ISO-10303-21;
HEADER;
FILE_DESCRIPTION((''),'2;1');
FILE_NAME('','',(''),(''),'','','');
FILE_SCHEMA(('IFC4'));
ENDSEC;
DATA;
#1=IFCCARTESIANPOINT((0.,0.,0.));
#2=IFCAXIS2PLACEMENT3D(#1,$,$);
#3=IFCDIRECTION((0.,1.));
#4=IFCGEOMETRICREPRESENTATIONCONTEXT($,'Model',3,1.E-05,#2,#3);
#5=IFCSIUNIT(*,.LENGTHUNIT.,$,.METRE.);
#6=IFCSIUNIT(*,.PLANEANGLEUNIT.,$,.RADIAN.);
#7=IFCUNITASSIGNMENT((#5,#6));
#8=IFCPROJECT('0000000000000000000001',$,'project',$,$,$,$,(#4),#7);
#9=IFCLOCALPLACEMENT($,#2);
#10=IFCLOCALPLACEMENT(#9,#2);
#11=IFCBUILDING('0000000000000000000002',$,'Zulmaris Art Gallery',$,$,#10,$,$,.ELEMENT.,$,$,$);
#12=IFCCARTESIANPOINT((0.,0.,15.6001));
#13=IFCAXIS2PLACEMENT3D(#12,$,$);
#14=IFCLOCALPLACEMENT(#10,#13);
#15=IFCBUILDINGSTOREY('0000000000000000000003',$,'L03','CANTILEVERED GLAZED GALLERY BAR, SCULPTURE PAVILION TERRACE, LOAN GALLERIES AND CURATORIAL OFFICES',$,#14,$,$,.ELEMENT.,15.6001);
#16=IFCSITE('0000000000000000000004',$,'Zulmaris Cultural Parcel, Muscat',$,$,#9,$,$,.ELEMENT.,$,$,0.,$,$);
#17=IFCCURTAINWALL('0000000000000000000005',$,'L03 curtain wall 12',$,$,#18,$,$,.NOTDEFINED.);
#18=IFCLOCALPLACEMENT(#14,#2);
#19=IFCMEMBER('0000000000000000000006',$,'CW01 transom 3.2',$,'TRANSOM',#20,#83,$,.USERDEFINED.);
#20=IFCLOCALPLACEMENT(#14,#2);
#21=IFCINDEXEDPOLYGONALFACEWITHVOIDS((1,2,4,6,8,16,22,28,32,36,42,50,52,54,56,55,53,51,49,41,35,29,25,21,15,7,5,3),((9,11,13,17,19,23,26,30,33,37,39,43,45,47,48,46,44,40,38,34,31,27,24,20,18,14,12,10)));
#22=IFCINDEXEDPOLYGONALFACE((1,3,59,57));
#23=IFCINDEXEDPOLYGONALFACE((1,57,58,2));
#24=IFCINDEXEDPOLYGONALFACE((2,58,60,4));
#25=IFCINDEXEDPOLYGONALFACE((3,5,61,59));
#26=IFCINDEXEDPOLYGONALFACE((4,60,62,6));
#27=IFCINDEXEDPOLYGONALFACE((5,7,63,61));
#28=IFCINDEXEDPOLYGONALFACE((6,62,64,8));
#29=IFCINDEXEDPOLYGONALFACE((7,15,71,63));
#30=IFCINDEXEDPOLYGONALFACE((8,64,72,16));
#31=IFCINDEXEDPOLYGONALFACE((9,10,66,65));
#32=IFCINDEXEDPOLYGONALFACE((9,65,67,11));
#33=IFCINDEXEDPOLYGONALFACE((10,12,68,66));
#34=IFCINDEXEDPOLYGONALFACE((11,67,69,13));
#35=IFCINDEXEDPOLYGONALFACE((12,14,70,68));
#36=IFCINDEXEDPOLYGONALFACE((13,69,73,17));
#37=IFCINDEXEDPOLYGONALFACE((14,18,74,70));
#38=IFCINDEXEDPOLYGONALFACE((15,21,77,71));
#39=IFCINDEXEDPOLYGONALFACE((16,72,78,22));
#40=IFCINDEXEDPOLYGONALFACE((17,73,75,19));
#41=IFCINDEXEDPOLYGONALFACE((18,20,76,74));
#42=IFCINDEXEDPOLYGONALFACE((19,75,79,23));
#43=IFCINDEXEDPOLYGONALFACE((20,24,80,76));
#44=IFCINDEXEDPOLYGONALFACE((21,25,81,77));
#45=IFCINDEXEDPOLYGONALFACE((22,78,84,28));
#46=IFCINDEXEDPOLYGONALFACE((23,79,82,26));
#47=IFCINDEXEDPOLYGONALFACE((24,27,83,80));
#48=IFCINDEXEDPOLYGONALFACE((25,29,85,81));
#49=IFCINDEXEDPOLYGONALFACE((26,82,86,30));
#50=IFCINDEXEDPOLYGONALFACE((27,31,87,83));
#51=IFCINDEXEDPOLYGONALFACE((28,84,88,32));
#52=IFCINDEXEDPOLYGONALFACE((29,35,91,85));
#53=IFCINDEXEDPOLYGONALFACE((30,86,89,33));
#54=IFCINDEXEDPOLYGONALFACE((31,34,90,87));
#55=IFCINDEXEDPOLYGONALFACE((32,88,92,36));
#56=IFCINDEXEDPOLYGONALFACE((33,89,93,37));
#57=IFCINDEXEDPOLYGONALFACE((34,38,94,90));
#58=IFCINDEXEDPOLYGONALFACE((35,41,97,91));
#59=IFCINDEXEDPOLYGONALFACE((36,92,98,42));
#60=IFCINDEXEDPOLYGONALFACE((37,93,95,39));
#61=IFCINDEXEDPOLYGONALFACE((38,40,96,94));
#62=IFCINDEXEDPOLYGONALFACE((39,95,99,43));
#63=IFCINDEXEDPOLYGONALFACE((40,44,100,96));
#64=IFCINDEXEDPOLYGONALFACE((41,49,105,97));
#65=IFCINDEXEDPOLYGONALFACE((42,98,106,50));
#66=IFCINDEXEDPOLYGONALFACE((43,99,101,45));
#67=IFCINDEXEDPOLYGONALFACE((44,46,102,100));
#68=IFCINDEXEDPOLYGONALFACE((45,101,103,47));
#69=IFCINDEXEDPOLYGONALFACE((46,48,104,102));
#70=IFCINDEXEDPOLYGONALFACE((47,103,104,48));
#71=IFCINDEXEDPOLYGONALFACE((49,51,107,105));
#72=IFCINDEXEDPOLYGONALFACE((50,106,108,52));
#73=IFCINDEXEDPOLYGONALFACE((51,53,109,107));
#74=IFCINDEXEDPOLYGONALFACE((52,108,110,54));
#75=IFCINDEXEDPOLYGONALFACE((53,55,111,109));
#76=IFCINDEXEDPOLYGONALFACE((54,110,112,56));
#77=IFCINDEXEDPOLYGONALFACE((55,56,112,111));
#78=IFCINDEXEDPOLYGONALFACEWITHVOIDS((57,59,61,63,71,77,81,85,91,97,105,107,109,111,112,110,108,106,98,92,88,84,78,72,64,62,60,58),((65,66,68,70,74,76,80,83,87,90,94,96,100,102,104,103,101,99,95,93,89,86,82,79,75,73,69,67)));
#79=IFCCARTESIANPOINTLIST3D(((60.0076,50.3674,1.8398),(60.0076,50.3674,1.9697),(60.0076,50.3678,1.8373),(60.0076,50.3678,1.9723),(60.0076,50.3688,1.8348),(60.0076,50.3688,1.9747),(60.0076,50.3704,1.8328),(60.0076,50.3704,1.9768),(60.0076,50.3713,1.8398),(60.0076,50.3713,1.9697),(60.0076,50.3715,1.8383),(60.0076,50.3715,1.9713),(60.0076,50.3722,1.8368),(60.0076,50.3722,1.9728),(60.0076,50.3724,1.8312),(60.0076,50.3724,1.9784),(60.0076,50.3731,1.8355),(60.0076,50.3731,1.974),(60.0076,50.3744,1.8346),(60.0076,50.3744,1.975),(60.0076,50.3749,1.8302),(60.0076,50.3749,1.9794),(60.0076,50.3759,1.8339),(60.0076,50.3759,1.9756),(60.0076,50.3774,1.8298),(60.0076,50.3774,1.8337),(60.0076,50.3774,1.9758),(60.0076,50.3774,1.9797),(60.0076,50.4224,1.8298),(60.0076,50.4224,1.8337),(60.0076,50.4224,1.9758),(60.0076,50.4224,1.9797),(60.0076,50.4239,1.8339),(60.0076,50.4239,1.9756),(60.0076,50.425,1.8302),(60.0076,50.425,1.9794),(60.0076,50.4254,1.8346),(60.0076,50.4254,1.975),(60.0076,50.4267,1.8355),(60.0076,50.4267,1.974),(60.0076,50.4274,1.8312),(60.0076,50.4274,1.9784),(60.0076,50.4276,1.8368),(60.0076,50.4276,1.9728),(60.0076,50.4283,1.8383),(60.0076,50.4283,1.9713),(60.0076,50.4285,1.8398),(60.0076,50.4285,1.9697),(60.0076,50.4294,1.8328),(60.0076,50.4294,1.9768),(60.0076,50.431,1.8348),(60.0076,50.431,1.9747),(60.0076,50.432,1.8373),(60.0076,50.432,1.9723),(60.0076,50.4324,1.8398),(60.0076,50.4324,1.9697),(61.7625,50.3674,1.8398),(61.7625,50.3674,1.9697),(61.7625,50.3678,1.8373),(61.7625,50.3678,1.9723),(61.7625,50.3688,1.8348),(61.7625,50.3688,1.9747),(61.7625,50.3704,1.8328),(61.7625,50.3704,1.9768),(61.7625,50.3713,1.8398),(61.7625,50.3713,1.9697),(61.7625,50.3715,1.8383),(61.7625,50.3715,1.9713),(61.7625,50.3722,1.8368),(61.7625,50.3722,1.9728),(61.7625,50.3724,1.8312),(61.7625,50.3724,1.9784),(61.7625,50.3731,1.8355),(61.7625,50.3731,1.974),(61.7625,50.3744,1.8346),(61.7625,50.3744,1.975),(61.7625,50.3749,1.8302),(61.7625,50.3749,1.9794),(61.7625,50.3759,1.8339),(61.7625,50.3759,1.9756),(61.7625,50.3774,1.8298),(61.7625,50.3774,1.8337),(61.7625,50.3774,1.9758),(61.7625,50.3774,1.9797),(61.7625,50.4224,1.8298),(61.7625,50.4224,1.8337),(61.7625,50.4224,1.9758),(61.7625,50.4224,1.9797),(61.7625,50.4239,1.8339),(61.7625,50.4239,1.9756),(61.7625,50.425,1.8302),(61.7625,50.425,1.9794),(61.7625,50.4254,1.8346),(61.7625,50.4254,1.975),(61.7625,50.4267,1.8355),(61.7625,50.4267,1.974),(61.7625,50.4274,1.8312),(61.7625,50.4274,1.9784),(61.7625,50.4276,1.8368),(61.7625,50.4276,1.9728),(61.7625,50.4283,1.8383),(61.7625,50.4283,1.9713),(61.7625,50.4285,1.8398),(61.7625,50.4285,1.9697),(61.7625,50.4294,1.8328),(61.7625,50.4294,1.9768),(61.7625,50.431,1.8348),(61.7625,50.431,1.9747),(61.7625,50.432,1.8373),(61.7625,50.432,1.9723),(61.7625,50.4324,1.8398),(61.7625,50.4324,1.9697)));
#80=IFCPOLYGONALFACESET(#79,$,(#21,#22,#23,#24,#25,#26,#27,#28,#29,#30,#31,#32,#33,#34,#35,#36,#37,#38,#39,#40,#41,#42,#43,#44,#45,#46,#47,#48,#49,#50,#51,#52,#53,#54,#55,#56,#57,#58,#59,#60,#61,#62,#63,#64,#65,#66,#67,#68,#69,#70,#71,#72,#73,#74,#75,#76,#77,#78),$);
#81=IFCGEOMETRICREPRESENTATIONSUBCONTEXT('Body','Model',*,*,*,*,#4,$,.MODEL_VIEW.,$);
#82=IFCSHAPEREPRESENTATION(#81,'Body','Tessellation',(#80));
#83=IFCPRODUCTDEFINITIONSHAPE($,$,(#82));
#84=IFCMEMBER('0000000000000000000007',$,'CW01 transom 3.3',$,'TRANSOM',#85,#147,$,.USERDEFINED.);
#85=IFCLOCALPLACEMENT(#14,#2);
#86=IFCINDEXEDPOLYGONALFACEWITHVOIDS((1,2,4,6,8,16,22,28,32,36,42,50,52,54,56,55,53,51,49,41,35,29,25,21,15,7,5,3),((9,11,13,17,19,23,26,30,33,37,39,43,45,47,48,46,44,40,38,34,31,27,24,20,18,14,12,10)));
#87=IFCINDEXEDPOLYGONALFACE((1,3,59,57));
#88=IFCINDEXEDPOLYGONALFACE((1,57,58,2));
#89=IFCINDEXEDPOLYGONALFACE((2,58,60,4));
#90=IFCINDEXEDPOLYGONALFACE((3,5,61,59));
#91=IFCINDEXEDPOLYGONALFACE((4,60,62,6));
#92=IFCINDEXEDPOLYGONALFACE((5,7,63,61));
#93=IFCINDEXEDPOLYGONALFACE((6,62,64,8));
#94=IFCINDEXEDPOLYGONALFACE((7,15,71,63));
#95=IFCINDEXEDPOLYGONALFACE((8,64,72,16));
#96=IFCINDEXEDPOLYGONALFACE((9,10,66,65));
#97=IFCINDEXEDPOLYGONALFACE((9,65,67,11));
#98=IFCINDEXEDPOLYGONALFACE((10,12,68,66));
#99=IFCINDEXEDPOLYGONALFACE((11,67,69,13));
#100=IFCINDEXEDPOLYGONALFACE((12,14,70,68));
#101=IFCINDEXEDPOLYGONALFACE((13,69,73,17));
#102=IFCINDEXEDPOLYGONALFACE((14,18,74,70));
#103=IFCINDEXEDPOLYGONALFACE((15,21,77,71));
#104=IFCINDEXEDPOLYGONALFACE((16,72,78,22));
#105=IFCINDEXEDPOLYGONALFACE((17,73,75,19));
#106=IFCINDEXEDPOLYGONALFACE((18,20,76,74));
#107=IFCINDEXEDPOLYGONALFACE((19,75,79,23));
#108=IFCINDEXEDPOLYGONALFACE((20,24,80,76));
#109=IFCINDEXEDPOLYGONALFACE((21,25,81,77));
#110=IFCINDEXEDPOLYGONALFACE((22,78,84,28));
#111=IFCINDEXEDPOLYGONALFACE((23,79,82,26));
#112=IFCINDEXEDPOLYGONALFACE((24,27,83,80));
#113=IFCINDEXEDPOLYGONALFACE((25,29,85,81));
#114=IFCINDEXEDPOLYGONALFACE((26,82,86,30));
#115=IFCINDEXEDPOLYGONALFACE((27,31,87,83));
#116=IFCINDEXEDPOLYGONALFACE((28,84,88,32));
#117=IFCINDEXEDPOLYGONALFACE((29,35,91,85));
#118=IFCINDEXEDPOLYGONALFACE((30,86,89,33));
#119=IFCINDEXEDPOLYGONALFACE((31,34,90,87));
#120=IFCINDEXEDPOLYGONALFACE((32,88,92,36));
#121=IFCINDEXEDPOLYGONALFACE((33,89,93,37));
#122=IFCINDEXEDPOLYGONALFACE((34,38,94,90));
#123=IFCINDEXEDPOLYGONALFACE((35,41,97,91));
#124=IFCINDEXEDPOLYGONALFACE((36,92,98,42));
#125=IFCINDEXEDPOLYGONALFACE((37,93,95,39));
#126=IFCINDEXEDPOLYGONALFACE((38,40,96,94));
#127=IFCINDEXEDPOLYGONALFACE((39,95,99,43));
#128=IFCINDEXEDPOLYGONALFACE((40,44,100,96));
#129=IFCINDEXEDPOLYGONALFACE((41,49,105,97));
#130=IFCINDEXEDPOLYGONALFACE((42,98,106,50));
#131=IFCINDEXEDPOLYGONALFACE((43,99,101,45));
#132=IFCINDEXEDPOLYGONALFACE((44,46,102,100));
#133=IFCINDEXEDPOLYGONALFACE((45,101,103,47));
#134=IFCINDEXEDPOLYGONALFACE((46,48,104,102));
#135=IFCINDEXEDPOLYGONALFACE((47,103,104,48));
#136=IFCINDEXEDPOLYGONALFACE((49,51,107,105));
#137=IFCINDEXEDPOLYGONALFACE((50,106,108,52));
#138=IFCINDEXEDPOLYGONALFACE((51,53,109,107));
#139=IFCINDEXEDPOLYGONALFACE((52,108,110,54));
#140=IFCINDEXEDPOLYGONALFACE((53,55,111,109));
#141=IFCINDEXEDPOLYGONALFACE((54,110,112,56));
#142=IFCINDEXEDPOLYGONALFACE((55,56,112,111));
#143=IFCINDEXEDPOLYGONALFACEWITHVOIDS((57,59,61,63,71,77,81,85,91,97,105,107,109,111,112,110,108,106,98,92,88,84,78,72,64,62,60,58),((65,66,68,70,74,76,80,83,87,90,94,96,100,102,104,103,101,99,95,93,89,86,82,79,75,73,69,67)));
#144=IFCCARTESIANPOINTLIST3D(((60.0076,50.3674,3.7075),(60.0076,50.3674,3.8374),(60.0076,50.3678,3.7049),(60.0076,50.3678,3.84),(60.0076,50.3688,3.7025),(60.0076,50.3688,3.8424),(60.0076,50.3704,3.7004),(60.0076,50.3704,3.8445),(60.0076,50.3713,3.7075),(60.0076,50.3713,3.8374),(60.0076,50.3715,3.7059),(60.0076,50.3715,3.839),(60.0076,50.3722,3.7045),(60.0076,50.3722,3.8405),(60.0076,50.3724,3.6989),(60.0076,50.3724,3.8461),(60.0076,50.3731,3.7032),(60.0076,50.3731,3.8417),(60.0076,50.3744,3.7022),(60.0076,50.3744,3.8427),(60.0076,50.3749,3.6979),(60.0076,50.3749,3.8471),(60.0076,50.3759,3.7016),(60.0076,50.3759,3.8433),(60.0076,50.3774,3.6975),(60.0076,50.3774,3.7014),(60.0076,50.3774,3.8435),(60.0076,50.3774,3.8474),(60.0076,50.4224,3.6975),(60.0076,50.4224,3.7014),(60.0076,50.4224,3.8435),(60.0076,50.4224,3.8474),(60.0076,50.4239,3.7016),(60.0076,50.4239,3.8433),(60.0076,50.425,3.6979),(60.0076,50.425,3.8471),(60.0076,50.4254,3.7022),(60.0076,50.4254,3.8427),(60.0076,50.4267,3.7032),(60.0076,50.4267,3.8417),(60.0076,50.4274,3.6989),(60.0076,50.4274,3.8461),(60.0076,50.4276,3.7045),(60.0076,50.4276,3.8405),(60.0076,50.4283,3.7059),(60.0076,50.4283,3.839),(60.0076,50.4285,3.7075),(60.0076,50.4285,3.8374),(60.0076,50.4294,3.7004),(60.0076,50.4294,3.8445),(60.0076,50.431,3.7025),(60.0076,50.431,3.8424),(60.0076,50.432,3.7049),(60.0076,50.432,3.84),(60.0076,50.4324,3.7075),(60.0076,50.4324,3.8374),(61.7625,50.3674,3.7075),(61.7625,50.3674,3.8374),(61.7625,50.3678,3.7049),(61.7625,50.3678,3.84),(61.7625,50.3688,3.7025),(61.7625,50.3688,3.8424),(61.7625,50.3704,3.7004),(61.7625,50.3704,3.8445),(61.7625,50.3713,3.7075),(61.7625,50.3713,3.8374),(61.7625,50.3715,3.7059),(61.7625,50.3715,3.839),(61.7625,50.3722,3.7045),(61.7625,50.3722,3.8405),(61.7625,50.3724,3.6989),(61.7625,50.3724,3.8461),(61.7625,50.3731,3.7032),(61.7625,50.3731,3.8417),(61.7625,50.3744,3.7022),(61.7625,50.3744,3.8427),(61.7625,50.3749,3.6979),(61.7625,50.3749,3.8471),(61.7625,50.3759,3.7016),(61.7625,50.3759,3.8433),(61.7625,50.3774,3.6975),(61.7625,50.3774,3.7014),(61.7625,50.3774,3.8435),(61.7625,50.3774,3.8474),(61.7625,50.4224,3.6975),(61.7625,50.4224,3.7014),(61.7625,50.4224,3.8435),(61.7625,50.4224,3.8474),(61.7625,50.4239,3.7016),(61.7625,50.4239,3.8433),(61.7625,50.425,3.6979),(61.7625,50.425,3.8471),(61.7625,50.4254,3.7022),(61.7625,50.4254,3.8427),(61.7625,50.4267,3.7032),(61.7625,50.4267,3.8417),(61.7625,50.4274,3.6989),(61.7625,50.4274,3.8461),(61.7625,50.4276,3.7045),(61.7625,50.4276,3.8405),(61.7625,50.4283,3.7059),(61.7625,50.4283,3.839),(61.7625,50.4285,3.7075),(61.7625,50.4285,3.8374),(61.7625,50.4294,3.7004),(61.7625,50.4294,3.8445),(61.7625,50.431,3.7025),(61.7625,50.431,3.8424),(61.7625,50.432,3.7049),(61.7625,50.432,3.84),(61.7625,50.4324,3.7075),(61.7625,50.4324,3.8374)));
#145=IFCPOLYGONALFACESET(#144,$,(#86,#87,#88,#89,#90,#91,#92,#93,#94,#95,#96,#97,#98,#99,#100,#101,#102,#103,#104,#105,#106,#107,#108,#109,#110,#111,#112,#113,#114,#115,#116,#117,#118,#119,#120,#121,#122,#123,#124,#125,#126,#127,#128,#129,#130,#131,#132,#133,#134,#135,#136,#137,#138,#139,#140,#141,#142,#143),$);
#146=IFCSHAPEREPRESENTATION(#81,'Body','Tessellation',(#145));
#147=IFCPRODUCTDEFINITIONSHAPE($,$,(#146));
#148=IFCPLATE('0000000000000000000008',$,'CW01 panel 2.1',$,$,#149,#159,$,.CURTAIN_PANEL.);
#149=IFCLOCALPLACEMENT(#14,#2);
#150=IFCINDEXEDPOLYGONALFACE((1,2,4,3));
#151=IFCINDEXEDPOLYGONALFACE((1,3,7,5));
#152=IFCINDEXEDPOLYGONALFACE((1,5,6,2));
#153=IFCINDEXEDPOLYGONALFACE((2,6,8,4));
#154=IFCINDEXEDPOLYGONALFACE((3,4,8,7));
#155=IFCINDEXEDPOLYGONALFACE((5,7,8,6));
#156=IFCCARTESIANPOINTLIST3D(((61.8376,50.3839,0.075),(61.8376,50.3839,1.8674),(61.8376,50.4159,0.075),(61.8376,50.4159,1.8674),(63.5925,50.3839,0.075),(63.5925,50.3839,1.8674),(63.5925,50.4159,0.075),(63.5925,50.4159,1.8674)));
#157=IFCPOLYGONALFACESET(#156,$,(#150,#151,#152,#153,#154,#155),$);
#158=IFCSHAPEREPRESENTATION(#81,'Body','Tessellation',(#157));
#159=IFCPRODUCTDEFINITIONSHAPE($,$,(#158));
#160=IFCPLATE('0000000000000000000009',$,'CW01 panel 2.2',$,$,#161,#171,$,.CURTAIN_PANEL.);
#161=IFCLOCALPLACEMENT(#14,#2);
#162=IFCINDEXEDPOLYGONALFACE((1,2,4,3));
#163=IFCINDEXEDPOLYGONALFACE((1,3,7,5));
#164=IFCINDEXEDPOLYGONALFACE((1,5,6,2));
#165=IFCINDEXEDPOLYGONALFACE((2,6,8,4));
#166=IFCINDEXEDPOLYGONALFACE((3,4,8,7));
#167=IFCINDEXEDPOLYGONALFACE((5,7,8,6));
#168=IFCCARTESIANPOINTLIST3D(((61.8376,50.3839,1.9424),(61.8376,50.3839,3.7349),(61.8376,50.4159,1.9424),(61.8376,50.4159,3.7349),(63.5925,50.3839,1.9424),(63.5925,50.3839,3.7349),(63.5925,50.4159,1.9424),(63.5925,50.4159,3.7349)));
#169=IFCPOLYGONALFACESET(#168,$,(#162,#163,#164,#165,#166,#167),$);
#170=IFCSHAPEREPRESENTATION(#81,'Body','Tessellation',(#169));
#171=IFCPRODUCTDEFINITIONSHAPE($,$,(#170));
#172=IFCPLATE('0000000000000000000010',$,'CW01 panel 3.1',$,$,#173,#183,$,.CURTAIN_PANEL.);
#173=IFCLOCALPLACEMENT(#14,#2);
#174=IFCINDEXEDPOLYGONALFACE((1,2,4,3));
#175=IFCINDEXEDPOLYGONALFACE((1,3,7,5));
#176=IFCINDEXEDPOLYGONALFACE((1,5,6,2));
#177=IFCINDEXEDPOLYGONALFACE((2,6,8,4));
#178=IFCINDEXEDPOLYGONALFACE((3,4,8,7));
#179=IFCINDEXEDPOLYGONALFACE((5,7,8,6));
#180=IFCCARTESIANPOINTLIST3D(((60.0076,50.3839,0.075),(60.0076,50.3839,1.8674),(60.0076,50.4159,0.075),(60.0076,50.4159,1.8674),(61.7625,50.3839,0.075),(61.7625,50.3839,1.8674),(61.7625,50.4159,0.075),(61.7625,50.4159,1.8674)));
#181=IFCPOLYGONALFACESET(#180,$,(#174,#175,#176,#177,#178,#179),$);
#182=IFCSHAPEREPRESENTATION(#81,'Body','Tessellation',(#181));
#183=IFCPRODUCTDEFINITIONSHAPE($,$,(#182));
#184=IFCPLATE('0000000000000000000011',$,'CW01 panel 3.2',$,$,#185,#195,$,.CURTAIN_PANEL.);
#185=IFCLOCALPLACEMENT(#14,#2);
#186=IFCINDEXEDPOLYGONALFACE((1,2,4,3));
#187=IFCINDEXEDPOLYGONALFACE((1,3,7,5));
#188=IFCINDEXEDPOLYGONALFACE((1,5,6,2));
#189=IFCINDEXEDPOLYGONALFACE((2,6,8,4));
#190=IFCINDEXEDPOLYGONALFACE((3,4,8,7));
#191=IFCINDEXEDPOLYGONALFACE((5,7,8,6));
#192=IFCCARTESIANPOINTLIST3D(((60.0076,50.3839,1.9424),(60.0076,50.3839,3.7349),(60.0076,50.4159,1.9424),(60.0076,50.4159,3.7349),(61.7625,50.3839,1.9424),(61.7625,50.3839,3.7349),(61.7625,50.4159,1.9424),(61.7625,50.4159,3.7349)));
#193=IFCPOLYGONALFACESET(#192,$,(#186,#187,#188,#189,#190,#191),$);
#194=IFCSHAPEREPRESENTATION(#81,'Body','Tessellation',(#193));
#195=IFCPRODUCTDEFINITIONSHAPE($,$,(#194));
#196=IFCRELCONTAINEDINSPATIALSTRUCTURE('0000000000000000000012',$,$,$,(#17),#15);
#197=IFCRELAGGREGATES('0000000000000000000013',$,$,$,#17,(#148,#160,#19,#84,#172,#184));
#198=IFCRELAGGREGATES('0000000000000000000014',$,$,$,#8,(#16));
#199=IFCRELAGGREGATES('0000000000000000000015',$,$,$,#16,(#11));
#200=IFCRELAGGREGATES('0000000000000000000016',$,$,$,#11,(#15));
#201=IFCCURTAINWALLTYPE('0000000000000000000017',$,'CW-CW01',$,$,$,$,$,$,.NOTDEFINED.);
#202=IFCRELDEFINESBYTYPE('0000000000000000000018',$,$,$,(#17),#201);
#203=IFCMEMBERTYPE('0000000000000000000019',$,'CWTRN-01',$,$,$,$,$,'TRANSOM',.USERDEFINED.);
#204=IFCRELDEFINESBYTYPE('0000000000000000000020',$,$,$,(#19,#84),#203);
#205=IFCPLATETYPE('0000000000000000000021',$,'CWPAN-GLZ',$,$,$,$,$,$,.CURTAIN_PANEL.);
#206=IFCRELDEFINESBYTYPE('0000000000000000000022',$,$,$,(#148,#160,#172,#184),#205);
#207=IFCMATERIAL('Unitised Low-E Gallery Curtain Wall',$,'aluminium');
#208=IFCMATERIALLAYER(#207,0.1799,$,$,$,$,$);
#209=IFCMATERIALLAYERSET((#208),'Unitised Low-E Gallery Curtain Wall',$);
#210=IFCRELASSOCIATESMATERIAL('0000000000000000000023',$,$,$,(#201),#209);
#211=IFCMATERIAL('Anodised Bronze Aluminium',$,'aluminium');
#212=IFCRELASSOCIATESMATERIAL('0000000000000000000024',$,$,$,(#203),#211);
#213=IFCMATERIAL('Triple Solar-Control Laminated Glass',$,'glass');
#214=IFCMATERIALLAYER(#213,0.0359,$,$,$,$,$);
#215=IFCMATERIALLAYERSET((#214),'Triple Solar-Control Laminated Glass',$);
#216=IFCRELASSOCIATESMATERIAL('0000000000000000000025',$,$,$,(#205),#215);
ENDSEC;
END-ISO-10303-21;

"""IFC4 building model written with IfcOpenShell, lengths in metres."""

from ifc_helpers import new_model, si_unit, direction, frame, origin, origin_2d, place, context, subcontext, project, spatial, rectangle, hollow_rectangle, extrude, material, layer, layer_set, material_profile, profile_set, type_object, element, aggregate, save


model = new_model("IFC4")

# Units and contexts
model_context = context("Model", 3, precision=1e-05, world=origin(), true_north=direction((0.0, 1.0)))
body_context = subcontext(model_context, "Body", "Model", "MODEL_VIEW")
ifc_project = project(units=[si_unit("LENGTHUNIT", "METRE"), si_unit("PLANEANGLEUNIT", "RADIAN")], contexts=[model_context])

# Site, building, storey
site_placement = place(None, origin())
site = spatial("IfcSite", under=ifc_project, at=site_placement, Name="Zulmaris Cultural Parcel, Muscat", CompositionType="ELEMENT", RefElevation=0.0)
building_placement = place(site_placement, origin())
building = spatial("IfcBuilding", under=site, at=building_placement, Name="Zulmaris Art Gallery", CompositionType="ELEMENT")
storey_placement = place(building_placement, frame((0.0, 0.0, 15.6001)))
storey = spatial("IfcBuildingStorey", under=building, at=storey_placement, Name="L03", Description="CANTILEVERED GLAZED GALLERY BAR, SCULPTURE PAVILION TERRACE, LOAN GALLERIES AND CURATORIAL OFFICES", CompositionType="ELEMENT", Elevation=15.6001)

# Curtain wall, members, plates
ifc_material_1 = material(Name="Unitised Low-E Gallery Curtain Wall", Category="aluminium")
ifc_layer_1 = layer(ifc_material_1, 0.1799)
ifc_layer_set_1 = layer_set([ifc_layer_1], Name="Unitised Low-E Gallery Curtain Wall")
curtain_wall_type = type_object("IfcCurtainWallType", Name="CW-CW01", PredefinedType="NOTDEFINED", material=ifc_layer_set_1)
curtain_wall_placement = place(storey_placement, origin())
curtain_wall = element("IfcCurtainWall", 1, at=curtain_wall_placement, inside=storey, type_object=curtain_wall_type, Name="L03 curtain wall 12", PredefinedType="NOTDEFINED")
ifc_material_2 = material(Name="Anodised Bronze Aluminium", Category="aluminium")
ifc_material_profile_1 = material_profile(ifc_material_2, hollow_rectangle(XDim=0.0649, YDim=0.1499, WallThickness=0.0039, InnerFilletRadius=0.0061, OuterFilletRadius=0.01, at=origin_2d()), Name="ALU 65x150x4")
ifc_profile_set_1 = profile_set([ifc_material_profile_1], Name="Anodised Bronze Aluminium")
member_type_1 = type_object("IfcMemberType", Name="CWTRN-01", ElementType="TRANSOM", PredefinedType="USERDEFINED", material=ifc_profile_set_1)
member_1_placement = place(storey_placement, frame((61.7625, 50.3999, 1.9048), z_axis=(-1.0, 0.0, 0.0), x_axis=(0.0, -1.0, 0.0)))
member_1 = element("IfcMember", 2, at=member_1_placement, type_object=member_type_1, Name="CW01 transom 3.2", ObjectType="TRANSOM", PredefinedType="USERDEFINED", context=body_context, shape_type="SweptSolid", body=[
    extrude(hollow_rectangle(XDim=0.0649, YDim=0.1499, WallThickness=0.0039, InnerFilletRadius=0.0061, OuterFilletRadius=0.01, at=origin_2d()), origin(), (0.0, 0.0, 1.0), 1.7549),
])
member_2_placement = place(storey_placement, frame((61.7625, 50.3999, 3.7725), z_axis=(-1.0, 0.0, 0.0), x_axis=(0.0, -1.0, 0.0)))
member_2 = element("IfcMember", 3, at=member_2_placement, type_object=member_type_1, Name="CW01 transom 3.3", ObjectType="TRANSOM", PredefinedType="USERDEFINED", context=body_context, shape_type="SweptSolid", body=[
    extrude(hollow_rectangle(XDim=0.0649, YDim=0.1499, WallThickness=0.0039, InnerFilletRadius=0.0061, OuterFilletRadius=0.01, at=origin_2d()), origin(), (0.0, 0.0, 1.0), 1.7549),
])
ifc_material_3 = material(Name="Triple Solar-Control Laminated Glass", Category="glass")
ifc_layer_2 = layer(ifc_material_3, 0.0359)
ifc_layer_set_2 = layer_set([ifc_layer_2], Name="Triple Solar-Control Laminated Glass")
plate_type = type_object("IfcPlateType", Name="CWPAN-GLZ", PredefinedType="CURTAIN_PANEL", material=ifc_layer_set_2)
plate_1_placement = place(storey_placement, frame((62.7151, 50.3999, 0.075), z_axis=(0.0, 0.0, 1.0), x_axis=(-1.0, 0.0, 0.0)))
plate_1 = element("IfcPlate", 4, at=plate_1_placement, type_object=plate_type, Name="CW01 panel 2.1", PredefinedType="CURTAIN_PANEL", context=body_context, shape_type="SweptSolid", body=[
    extrude(rectangle(XDim=1.7549, YDim=0.032, at=origin_2d()), origin(), (0.0, 0.0, 1.0), 1.7925),
])
plate_2_placement = place(storey_placement, frame((62.7151, 50.3999, 1.9424), z_axis=(0.0, 0.0, 1.0), x_axis=(-1.0, 0.0, 0.0)))
plate_2 = element("IfcPlate", 5, at=plate_2_placement, type_object=plate_type, Name="CW01 panel 2.2", PredefinedType="CURTAIN_PANEL", context=body_context, shape_type="SweptSolid", body=[
    extrude(rectangle(XDim=1.7549, YDim=0.032, at=origin_2d()), origin(), (0.0, 0.0, 1.0), 1.7925),
])
plate_3_placement = place(storey_placement, frame((60.885, 50.3999, 0.075), z_axis=(0.0, 0.0, 1.0), x_axis=(-1.0, 0.0, 0.0)))
plate_3 = element("IfcPlate", 6, at=plate_3_placement, type_object=plate_type, Name="CW01 panel 3.1", PredefinedType="CURTAIN_PANEL", context=body_context, shape_type="SweptSolid", body=[
    extrude(rectangle(XDim=1.7549, YDim=0.032, at=origin_2d()), origin(), (0.0, 0.0, 1.0), 1.7925),
])
plate_4_placement = place(storey_placement, frame((60.885, 50.3999, 1.9424), z_axis=(0.0, 0.0, 1.0), x_axis=(-1.0, 0.0, 0.0)))
plate_4 = element("IfcPlate", 7, at=plate_4_placement, type_object=plate_type, Name="CW01 panel 3.2", PredefinedType="CURTAIN_PANEL", context=body_context, shape_type="SweptSolid", body=[
    extrude(rectangle(XDim=1.7549, YDim=0.032, at=origin_2d()), origin(), (0.0, 0.0, 1.0), 1.7925),
])
aggregate(curtain_wall, [plate_1, plate_2, member_1, member_2, plate_3, plate_4])

save(model, "model.ifc")
